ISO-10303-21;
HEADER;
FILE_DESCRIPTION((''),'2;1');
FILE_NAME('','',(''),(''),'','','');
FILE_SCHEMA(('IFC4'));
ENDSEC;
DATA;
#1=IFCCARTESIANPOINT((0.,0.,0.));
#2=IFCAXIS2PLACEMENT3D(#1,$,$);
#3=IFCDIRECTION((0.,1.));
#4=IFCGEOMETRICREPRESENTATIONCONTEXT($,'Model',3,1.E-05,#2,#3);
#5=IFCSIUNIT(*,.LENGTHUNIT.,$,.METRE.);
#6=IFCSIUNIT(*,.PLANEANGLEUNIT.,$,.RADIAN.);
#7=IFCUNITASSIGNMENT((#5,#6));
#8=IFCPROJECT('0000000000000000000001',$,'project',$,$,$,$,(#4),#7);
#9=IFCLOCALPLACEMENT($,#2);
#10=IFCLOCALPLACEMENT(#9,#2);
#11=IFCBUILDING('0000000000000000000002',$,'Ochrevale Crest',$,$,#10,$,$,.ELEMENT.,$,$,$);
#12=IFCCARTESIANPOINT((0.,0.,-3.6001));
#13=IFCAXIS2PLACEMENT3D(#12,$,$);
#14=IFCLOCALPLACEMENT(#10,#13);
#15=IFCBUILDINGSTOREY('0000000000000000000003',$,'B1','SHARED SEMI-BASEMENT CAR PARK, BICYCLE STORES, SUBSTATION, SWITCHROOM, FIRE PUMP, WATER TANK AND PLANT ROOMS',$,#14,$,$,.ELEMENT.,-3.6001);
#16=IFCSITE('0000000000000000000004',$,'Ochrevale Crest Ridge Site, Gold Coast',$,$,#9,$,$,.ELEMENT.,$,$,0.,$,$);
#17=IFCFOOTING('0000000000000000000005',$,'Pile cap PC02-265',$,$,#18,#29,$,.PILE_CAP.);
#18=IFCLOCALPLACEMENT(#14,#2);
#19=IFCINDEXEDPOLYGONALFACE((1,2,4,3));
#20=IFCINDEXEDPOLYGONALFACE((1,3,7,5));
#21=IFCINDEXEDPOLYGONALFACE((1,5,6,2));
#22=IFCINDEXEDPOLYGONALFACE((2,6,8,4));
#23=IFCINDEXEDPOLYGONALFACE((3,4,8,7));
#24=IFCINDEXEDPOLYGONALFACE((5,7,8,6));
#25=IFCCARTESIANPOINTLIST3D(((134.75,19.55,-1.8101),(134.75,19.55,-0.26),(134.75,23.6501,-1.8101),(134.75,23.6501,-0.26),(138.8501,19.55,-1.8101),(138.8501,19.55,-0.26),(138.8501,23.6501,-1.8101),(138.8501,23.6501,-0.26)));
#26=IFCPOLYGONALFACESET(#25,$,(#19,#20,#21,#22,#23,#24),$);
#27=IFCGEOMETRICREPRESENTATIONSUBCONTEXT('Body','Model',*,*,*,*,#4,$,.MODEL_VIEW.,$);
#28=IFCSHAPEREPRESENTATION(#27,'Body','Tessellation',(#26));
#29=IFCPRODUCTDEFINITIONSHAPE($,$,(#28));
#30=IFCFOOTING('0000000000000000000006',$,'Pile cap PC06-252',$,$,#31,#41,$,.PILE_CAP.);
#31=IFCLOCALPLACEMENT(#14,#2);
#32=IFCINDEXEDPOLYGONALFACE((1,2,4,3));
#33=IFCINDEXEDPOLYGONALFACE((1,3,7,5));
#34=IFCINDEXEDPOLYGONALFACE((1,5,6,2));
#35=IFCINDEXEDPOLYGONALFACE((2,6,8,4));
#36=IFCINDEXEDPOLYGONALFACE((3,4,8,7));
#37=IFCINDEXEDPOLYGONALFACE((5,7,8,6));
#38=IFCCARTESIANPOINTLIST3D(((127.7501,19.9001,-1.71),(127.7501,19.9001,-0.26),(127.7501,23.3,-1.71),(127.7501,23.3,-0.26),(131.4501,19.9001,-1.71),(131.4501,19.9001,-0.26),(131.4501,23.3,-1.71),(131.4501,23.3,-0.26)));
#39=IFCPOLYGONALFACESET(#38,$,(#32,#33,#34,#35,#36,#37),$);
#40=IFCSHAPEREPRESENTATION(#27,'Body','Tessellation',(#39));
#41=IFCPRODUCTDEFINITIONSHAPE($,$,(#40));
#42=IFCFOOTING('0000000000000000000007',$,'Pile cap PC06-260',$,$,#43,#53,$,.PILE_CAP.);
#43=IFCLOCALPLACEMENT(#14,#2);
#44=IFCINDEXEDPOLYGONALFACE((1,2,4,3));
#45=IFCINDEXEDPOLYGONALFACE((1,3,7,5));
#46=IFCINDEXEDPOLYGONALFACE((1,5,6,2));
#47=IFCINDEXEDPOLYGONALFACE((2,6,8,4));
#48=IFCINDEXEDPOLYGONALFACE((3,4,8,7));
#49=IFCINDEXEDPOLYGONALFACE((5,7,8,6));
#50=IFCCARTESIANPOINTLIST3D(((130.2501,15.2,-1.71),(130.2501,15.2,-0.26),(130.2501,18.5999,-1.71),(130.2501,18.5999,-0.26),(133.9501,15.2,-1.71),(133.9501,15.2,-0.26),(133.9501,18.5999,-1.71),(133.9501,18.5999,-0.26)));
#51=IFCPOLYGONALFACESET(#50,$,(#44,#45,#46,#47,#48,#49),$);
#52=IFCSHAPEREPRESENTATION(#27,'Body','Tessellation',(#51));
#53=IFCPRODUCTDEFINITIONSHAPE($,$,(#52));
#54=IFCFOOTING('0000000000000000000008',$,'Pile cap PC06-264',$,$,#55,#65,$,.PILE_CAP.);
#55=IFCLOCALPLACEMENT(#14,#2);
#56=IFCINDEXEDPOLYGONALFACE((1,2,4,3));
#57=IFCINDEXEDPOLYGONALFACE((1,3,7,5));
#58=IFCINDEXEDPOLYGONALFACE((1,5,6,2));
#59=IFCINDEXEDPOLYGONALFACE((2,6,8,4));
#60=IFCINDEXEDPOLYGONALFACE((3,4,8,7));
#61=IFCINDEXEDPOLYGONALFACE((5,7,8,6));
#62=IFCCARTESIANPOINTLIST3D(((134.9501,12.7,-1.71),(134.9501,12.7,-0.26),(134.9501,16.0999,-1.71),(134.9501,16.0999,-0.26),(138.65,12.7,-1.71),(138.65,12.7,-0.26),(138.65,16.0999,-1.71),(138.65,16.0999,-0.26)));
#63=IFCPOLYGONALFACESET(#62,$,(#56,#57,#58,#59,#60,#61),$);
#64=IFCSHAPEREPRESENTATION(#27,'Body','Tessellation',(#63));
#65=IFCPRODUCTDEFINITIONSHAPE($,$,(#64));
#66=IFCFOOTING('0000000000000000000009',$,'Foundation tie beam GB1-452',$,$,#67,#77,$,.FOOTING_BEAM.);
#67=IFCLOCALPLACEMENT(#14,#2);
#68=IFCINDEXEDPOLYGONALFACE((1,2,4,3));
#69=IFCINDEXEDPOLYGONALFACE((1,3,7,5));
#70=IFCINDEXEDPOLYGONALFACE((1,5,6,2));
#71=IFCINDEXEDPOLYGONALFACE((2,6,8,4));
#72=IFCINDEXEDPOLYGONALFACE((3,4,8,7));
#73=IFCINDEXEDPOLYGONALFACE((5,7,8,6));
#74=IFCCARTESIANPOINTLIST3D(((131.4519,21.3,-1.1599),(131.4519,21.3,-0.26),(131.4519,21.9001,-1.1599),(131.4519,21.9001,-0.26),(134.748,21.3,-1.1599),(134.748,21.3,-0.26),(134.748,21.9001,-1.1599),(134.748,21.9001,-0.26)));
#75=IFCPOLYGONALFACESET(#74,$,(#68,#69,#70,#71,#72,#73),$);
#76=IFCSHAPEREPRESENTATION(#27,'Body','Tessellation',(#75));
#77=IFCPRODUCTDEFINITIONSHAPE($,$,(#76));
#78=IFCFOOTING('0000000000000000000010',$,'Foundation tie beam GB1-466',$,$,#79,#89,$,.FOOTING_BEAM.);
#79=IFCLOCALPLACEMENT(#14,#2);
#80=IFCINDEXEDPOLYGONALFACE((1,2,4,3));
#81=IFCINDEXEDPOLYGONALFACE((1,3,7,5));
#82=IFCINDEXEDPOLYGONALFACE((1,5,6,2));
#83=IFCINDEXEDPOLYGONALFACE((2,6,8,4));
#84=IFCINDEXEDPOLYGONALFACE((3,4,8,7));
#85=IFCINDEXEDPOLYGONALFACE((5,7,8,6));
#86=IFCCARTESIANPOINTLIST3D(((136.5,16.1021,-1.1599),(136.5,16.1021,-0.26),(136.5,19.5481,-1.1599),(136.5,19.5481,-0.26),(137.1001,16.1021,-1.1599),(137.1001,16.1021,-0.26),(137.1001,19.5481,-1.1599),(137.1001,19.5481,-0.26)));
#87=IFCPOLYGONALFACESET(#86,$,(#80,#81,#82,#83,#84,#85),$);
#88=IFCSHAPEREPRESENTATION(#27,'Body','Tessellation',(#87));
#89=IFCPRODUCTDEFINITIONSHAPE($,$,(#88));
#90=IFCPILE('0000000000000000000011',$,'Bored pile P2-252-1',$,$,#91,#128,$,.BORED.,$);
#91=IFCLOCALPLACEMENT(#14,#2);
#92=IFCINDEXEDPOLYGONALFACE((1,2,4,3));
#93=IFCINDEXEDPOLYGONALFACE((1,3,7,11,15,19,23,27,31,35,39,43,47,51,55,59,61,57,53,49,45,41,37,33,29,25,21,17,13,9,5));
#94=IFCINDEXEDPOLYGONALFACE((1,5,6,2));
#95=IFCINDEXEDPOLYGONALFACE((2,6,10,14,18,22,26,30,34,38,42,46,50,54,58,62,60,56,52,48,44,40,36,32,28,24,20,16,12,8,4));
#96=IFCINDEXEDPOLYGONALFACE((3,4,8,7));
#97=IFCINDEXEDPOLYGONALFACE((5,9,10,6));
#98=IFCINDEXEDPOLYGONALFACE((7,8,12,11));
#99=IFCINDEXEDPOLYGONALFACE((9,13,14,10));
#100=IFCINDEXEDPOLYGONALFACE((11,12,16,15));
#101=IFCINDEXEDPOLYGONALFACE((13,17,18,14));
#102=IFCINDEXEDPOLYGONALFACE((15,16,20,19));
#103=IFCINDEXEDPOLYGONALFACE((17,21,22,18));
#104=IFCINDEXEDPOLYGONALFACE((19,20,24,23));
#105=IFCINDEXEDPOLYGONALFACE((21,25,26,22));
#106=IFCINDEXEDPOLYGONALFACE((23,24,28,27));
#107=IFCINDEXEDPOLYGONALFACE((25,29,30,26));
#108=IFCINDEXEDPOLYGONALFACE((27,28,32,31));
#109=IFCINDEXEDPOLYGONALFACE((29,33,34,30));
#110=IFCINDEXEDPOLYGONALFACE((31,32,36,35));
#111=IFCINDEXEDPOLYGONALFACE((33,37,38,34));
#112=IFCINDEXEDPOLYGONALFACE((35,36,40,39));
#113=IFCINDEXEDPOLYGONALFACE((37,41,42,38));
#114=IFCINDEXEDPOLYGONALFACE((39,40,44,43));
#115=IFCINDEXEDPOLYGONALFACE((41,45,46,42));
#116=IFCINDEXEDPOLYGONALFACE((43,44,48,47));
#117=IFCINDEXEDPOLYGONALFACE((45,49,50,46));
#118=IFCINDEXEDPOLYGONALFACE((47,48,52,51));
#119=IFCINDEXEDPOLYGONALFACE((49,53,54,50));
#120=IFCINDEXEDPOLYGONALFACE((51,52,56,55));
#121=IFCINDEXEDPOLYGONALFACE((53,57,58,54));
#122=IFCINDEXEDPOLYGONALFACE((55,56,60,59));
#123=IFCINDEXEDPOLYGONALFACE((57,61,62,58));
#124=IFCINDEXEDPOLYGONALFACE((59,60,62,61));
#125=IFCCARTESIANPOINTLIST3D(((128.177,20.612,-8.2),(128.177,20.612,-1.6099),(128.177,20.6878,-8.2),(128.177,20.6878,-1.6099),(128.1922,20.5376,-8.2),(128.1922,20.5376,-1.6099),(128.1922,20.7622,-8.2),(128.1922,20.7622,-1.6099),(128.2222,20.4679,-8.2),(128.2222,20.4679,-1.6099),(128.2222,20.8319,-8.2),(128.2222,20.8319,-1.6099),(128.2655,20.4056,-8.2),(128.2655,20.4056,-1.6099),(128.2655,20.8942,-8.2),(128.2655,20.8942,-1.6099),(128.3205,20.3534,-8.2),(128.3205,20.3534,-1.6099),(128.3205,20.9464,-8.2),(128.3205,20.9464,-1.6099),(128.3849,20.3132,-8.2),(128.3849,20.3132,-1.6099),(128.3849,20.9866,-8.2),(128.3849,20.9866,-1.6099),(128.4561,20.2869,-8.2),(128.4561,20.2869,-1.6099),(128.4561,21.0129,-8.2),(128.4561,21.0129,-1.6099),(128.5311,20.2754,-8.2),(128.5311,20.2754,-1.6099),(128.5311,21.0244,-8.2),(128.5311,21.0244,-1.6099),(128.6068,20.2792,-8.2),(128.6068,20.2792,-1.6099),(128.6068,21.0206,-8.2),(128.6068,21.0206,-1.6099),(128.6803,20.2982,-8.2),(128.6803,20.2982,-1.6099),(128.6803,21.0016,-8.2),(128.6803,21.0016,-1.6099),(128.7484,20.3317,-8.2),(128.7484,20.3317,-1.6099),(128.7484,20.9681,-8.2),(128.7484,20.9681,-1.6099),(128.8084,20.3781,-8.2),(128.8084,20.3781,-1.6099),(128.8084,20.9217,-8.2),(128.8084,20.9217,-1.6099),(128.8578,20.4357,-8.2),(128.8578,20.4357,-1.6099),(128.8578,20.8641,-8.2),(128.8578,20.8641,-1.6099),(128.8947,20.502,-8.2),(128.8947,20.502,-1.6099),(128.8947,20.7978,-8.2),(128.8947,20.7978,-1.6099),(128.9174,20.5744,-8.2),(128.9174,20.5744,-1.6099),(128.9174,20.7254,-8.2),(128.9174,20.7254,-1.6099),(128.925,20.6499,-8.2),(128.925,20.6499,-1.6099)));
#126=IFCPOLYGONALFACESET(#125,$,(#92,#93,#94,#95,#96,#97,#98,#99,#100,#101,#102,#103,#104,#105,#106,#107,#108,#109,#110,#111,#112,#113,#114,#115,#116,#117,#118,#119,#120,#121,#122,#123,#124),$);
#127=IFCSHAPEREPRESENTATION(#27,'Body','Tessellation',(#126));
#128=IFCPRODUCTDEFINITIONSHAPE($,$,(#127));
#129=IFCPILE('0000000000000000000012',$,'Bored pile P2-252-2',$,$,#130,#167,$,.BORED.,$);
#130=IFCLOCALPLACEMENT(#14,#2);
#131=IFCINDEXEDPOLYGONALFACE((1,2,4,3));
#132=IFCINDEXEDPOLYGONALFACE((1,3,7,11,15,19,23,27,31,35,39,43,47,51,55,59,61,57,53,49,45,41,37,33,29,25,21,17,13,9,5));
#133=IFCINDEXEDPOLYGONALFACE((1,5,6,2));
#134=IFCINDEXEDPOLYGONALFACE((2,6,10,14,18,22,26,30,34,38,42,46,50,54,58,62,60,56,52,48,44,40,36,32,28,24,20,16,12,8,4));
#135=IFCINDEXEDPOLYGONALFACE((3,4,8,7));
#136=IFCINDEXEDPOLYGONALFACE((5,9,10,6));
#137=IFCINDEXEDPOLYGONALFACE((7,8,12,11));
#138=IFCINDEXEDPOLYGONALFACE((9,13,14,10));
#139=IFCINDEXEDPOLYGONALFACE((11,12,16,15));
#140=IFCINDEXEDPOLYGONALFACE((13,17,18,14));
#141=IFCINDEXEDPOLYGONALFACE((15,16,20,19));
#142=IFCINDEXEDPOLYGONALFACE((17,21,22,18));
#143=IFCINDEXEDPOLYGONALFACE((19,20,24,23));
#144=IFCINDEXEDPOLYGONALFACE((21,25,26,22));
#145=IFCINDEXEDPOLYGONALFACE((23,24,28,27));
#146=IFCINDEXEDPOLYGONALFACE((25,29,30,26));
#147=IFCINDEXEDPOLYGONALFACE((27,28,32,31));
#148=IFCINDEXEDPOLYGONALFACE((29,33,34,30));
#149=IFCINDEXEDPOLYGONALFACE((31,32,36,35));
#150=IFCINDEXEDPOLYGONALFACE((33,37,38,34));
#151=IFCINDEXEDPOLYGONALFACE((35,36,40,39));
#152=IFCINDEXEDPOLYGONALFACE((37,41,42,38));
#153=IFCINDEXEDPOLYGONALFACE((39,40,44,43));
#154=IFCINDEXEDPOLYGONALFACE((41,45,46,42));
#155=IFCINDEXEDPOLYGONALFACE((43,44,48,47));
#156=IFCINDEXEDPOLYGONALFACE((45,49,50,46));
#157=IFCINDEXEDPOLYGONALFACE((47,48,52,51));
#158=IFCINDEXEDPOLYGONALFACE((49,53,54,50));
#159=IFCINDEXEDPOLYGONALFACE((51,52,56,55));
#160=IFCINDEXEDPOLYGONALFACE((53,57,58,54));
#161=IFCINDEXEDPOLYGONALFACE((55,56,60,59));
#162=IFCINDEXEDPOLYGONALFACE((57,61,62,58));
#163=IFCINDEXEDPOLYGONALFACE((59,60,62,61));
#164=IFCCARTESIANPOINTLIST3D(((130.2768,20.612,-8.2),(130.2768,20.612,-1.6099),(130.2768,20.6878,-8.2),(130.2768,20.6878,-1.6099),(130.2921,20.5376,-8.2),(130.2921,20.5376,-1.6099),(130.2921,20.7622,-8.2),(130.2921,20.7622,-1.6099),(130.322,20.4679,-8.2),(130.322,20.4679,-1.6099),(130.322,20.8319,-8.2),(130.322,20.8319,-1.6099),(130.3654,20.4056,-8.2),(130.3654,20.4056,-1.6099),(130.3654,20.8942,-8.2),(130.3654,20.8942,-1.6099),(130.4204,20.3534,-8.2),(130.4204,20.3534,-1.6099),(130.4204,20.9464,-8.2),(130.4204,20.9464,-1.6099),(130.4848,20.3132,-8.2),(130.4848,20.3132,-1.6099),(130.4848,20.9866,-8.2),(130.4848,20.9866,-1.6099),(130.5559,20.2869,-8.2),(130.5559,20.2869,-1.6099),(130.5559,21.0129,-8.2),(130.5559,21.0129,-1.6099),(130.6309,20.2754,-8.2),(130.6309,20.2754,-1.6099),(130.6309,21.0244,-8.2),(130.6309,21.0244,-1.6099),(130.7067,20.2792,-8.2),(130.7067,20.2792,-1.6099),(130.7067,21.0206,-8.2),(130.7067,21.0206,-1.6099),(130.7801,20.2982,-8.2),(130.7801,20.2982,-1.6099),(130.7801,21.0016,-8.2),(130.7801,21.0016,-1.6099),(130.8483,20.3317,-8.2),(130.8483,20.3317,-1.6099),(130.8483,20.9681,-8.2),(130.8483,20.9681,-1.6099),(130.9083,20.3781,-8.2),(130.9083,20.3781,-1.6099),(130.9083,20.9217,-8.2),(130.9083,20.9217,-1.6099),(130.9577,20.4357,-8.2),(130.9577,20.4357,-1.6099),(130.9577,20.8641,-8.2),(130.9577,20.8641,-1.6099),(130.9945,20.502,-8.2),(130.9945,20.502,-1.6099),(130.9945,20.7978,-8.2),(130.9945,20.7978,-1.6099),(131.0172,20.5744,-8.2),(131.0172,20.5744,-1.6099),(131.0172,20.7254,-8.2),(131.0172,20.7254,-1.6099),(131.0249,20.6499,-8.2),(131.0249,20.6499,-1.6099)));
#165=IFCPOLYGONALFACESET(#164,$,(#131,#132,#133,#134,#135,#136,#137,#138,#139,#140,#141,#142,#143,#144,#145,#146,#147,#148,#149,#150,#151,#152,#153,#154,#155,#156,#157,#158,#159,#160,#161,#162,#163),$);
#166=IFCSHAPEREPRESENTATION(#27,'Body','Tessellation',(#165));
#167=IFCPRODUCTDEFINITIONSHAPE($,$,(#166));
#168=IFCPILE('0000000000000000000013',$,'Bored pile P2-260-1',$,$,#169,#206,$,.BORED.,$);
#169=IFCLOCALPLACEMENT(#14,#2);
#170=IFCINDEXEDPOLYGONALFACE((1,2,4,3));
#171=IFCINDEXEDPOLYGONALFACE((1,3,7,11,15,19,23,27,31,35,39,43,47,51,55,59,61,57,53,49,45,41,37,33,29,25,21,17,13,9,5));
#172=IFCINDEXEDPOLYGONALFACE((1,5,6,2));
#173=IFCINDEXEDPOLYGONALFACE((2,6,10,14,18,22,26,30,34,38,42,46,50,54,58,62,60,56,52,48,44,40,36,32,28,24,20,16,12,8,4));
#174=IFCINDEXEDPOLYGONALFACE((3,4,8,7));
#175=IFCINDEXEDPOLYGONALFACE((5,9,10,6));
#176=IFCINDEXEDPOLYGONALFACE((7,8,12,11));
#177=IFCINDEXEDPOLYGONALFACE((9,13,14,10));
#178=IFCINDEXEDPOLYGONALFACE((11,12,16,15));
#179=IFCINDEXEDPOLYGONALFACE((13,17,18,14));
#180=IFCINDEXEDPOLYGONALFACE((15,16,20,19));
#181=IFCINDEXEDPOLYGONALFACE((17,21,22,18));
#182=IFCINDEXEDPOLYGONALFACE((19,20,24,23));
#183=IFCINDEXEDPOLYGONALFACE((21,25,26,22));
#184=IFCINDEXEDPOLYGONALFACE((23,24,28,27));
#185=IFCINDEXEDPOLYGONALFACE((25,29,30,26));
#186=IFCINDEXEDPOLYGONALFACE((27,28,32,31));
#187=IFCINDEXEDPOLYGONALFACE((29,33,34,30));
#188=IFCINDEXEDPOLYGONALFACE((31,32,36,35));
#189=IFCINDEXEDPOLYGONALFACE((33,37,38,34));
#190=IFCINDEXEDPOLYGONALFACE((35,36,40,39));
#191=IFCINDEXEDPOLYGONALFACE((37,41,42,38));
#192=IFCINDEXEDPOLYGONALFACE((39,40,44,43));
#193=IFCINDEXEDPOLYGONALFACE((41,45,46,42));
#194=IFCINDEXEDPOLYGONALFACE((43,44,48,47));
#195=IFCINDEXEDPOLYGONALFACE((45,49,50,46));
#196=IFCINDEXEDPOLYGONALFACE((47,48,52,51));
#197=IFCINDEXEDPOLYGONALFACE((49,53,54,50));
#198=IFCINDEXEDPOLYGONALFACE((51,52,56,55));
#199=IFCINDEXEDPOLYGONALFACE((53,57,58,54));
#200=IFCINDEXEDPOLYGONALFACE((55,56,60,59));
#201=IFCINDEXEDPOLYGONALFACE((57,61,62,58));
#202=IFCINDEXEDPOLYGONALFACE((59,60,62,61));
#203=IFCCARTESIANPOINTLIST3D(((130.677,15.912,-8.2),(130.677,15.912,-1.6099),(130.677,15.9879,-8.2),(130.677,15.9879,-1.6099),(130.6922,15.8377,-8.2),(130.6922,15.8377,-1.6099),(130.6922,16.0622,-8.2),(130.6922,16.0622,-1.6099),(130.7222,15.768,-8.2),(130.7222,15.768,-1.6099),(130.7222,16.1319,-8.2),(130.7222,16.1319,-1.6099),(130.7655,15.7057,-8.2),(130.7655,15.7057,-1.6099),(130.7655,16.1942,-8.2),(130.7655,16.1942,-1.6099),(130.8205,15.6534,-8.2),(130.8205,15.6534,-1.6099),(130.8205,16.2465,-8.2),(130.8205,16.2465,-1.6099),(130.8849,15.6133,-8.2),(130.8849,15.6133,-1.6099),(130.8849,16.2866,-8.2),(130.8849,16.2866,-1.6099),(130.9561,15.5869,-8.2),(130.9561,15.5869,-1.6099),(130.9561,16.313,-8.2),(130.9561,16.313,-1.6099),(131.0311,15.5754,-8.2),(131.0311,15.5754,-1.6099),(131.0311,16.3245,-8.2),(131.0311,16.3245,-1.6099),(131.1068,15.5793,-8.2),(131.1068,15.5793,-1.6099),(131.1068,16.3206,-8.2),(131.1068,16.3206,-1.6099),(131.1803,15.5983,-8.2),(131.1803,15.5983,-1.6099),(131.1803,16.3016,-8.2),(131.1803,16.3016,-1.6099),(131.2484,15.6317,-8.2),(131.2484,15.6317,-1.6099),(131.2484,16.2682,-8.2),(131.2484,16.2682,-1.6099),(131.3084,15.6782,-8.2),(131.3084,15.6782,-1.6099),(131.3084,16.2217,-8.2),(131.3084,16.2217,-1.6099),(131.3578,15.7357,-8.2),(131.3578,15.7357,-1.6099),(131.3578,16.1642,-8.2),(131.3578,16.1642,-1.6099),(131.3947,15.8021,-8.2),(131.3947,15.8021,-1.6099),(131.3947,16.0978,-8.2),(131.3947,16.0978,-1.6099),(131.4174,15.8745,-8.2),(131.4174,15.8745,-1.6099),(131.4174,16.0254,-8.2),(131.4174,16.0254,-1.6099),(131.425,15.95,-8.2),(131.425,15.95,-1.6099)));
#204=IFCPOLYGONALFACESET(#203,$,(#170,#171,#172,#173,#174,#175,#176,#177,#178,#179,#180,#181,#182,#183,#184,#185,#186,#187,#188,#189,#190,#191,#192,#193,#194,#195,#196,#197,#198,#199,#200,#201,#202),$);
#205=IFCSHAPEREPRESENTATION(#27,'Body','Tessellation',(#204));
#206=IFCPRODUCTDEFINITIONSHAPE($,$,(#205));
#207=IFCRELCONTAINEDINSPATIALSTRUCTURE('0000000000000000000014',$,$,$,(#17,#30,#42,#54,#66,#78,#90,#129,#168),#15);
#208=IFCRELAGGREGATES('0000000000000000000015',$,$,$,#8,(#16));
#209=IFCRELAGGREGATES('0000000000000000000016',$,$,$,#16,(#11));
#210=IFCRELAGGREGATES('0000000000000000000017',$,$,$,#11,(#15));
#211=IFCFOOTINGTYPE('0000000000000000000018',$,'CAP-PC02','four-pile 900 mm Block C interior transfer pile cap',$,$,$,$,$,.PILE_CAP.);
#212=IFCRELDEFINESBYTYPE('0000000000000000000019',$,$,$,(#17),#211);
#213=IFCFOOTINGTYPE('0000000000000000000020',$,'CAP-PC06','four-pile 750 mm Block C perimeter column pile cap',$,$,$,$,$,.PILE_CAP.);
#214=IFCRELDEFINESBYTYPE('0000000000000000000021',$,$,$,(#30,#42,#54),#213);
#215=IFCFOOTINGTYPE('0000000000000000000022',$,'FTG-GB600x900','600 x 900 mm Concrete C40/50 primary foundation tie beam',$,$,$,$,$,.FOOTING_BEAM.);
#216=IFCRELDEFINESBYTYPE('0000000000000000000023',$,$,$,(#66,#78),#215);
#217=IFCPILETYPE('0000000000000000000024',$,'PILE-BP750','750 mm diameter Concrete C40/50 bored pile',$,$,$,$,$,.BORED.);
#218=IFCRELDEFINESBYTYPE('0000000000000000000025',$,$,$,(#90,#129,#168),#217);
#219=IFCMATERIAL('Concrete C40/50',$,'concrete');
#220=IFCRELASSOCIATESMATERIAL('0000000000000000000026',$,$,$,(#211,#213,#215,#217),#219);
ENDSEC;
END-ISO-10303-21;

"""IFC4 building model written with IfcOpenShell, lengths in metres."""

from ifc_helpers import new_model, si_unit, direction, frame, origin, origin_2d, place, context, subcontext, project, spatial, rectangle, circle, extrude, material, material_profile, profile_set, type_object, element, save


model = new_model("IFC4")

# Units and contexts
model_context = context("Model", 3, precision=1e-05, world=origin(), true_north=direction((0.0, 1.0)))
body_context = subcontext(model_context, "Body", "Model", "MODEL_VIEW")
ifc_project = project(units=[si_unit("LENGTHUNIT", "METRE"), si_unit("PLANEANGLEUNIT", "RADIAN")], contexts=[model_context])

# Site, building, storey
site_placement = place(None, origin())
site = spatial("IfcSite", under=ifc_project, at=site_placement, Name="Ochrevale Crest Ridge Site, Gold Coast", CompositionType="ELEMENT", RefElevation=0.0)
building_placement = place(site_placement, origin())
building = spatial("IfcBuilding", under=site, at=building_placement, Name="Ochrevale Crest", CompositionType="ELEMENT")
storey_placement = place(building_placement, frame((0.0, 0.0, -3.6001)))
storey = spatial("IfcBuildingStorey", under=building, at=storey_placement, Name="B1", Description="SHARED SEMI-BASEMENT CAR PARK, BICYCLE STORES, SUBSTATION, SWITCHROOM, FIRE PUMP, WATER TANK AND PLANT ROOMS", CompositionType="ELEMENT", Elevation=-3.6001)

# Footings
ifc_material_1 = material(Name="Concrete C40/50", Category="concrete")
footing_type_1 = type_object("IfcFootingType", Name="CAP-PC02", Description="four-pile 900 mm Block C interior transfer pile cap", PredefinedType="PILE_CAP", material=ifc_material_1)
footing_1_placement = place(storey_placement, frame((136.8, 21.6001, -1.8101), z_axis=(0.0, 0.0, 1.0), x_axis=(1.0, 0.0, 0.0)))
element("IfcFooting", 1, at=footing_1_placement, inside=storey, type_object=footing_type_1, Name="Pile cap PC02-265", PredefinedType="PILE_CAP", context=body_context, shape_type="SweptSolid", body=[
    extrude(rectangle(XDim=4.1001, YDim=4.1001, at=origin_2d()), origin(), (0.0, 0.0, 1.0), 1.55),
])
footing_type_2 = type_object("IfcFootingType", Name="CAP-PC06", Description="four-pile 750 mm Block C perimeter column pile cap", PredefinedType="PILE_CAP", material=ifc_material_1)
for number, where, z_axis, x_axis, name in (
    (2, (129.6001, 21.6001, -1.71), (0.0, 0.0, 1.0), (1.0, 0.0, 0.0), "Pile cap PC06-252"),
    (3, (132.1001, 16.8999, -1.71), (0.0, 0.0, 1.0), (1.0, 0.0, 0.0), "Pile cap PC06-260"),
    (4, (136.8, 14.3999, -1.71), (0.0, 0.0, 1.0), (1.0, 0.0, 0.0), "Pile cap PC06-264"),
):
    element("IfcFooting", number, at=place(storey_placement, frame(where, z_axis=z_axis, x_axis=x_axis)), inside=storey, type_object=footing_type_2, Name=name, PredefinedType="PILE_CAP", context=body_context, shape_type="SweptSolid", body=[
        extrude(rectangle(XDim=3.7, YDim=3.3999, at=origin_2d()), origin(), (0.0, 0.0, 1.0), 1.45),
    ])
ifc_material_profile_1 = material_profile(ifc_material_1, rectangle(XDim=0.6001, YDim=0.8999, at=origin_2d()), Name="GB 600x900")
ifc_profile_set_1 = profile_set([ifc_material_profile_1], Name="Concrete C40/50")
footing_type_3 = type_object("IfcFootingType", Name="FTG-GB600x900", Description="600 x 900 mm Concrete C40/50 primary foundation tie beam", PredefinedType="FOOTING_BEAM", material=ifc_profile_set_1)
footing_2_placement = place(storey_placement, frame((131.4519, 21.6001, -0.71), z_axis=(1.0, 0.0, 0.0), x_axis=(0.0, 1.0, 0.0)))
element("IfcFooting", 5, at=footing_2_placement, inside=storey, type_object=footing_type_3, Name="Foundation tie beam GB1-452", PredefinedType="FOOTING_BEAM", context=body_context, shape_type="SweptSolid", body=[
    extrude(rectangle(XDim=0.6001, YDim=0.8999, at=origin_2d()), origin(), (0.0, 0.0, 1.0), 3.2961),
])
footing_3_placement = place(storey_placement, frame((136.8, 16.1021, -0.71), z_axis=(0.0, 1.0, 0.0), x_axis=(-1.0, 0.0, 0.0)))
element("IfcFooting", 6, at=footing_3_placement, inside=storey, type_object=footing_type_3, Name="Foundation tie beam GB1-466", PredefinedType="FOOTING_BEAM", context=body_context, shape_type="SweptSolid", body=[
    extrude(rectangle(XDim=0.6001, YDim=0.8999, at=origin_2d()), origin(), (0.0, 0.0, 1.0), 3.446),
])

# Piles
ifc_material_profile_2 = material_profile(ifc_material_1, circle(Radius=0.375, at=origin_2d()), Name="BORED PILE 750")
ifc_profile_set_2 = profile_set([ifc_material_profile_2], Name="Concrete C40/50")
pile_type_1 = type_object("IfcPileType", Name="PILE-BP750", Description="750 mm diameter Concrete C40/50 bored pile", PredefinedType="BORED", material=ifc_profile_set_2)
for number, where, z_axis, x_axis, name in (
    (7, (128.55, 20.6499, -1.6099), (0.0, 0.0, -1.0), (1.0, 0.0, 0.0), "Bored pile P2-252-1"),
    (8, (130.6499, 20.6499, -1.6099), (0.0, 0.0, -1.0), (1.0, 0.0, 0.0), "Bored pile P2-252-2"),
    (9, (131.05, 15.95, -1.6099), (0.0, 0.0, -1.0), (1.0, 0.0, 0.0), "Bored pile P2-260-1"),
):
    element("IfcPile", number, at=place(storey_placement, frame(where, z_axis=z_axis, x_axis=x_axis)), inside=storey, type_object=pile_type_1, Name=name, PredefinedType="BORED", context=body_context, shape_type="SweptSolid", body=[
        extrude(circle(Radius=0.375, at=origin_2d()), origin(), (0.0, 0.0, 1.0), 6.5901),
    ])

save(model, "model.ifc")
